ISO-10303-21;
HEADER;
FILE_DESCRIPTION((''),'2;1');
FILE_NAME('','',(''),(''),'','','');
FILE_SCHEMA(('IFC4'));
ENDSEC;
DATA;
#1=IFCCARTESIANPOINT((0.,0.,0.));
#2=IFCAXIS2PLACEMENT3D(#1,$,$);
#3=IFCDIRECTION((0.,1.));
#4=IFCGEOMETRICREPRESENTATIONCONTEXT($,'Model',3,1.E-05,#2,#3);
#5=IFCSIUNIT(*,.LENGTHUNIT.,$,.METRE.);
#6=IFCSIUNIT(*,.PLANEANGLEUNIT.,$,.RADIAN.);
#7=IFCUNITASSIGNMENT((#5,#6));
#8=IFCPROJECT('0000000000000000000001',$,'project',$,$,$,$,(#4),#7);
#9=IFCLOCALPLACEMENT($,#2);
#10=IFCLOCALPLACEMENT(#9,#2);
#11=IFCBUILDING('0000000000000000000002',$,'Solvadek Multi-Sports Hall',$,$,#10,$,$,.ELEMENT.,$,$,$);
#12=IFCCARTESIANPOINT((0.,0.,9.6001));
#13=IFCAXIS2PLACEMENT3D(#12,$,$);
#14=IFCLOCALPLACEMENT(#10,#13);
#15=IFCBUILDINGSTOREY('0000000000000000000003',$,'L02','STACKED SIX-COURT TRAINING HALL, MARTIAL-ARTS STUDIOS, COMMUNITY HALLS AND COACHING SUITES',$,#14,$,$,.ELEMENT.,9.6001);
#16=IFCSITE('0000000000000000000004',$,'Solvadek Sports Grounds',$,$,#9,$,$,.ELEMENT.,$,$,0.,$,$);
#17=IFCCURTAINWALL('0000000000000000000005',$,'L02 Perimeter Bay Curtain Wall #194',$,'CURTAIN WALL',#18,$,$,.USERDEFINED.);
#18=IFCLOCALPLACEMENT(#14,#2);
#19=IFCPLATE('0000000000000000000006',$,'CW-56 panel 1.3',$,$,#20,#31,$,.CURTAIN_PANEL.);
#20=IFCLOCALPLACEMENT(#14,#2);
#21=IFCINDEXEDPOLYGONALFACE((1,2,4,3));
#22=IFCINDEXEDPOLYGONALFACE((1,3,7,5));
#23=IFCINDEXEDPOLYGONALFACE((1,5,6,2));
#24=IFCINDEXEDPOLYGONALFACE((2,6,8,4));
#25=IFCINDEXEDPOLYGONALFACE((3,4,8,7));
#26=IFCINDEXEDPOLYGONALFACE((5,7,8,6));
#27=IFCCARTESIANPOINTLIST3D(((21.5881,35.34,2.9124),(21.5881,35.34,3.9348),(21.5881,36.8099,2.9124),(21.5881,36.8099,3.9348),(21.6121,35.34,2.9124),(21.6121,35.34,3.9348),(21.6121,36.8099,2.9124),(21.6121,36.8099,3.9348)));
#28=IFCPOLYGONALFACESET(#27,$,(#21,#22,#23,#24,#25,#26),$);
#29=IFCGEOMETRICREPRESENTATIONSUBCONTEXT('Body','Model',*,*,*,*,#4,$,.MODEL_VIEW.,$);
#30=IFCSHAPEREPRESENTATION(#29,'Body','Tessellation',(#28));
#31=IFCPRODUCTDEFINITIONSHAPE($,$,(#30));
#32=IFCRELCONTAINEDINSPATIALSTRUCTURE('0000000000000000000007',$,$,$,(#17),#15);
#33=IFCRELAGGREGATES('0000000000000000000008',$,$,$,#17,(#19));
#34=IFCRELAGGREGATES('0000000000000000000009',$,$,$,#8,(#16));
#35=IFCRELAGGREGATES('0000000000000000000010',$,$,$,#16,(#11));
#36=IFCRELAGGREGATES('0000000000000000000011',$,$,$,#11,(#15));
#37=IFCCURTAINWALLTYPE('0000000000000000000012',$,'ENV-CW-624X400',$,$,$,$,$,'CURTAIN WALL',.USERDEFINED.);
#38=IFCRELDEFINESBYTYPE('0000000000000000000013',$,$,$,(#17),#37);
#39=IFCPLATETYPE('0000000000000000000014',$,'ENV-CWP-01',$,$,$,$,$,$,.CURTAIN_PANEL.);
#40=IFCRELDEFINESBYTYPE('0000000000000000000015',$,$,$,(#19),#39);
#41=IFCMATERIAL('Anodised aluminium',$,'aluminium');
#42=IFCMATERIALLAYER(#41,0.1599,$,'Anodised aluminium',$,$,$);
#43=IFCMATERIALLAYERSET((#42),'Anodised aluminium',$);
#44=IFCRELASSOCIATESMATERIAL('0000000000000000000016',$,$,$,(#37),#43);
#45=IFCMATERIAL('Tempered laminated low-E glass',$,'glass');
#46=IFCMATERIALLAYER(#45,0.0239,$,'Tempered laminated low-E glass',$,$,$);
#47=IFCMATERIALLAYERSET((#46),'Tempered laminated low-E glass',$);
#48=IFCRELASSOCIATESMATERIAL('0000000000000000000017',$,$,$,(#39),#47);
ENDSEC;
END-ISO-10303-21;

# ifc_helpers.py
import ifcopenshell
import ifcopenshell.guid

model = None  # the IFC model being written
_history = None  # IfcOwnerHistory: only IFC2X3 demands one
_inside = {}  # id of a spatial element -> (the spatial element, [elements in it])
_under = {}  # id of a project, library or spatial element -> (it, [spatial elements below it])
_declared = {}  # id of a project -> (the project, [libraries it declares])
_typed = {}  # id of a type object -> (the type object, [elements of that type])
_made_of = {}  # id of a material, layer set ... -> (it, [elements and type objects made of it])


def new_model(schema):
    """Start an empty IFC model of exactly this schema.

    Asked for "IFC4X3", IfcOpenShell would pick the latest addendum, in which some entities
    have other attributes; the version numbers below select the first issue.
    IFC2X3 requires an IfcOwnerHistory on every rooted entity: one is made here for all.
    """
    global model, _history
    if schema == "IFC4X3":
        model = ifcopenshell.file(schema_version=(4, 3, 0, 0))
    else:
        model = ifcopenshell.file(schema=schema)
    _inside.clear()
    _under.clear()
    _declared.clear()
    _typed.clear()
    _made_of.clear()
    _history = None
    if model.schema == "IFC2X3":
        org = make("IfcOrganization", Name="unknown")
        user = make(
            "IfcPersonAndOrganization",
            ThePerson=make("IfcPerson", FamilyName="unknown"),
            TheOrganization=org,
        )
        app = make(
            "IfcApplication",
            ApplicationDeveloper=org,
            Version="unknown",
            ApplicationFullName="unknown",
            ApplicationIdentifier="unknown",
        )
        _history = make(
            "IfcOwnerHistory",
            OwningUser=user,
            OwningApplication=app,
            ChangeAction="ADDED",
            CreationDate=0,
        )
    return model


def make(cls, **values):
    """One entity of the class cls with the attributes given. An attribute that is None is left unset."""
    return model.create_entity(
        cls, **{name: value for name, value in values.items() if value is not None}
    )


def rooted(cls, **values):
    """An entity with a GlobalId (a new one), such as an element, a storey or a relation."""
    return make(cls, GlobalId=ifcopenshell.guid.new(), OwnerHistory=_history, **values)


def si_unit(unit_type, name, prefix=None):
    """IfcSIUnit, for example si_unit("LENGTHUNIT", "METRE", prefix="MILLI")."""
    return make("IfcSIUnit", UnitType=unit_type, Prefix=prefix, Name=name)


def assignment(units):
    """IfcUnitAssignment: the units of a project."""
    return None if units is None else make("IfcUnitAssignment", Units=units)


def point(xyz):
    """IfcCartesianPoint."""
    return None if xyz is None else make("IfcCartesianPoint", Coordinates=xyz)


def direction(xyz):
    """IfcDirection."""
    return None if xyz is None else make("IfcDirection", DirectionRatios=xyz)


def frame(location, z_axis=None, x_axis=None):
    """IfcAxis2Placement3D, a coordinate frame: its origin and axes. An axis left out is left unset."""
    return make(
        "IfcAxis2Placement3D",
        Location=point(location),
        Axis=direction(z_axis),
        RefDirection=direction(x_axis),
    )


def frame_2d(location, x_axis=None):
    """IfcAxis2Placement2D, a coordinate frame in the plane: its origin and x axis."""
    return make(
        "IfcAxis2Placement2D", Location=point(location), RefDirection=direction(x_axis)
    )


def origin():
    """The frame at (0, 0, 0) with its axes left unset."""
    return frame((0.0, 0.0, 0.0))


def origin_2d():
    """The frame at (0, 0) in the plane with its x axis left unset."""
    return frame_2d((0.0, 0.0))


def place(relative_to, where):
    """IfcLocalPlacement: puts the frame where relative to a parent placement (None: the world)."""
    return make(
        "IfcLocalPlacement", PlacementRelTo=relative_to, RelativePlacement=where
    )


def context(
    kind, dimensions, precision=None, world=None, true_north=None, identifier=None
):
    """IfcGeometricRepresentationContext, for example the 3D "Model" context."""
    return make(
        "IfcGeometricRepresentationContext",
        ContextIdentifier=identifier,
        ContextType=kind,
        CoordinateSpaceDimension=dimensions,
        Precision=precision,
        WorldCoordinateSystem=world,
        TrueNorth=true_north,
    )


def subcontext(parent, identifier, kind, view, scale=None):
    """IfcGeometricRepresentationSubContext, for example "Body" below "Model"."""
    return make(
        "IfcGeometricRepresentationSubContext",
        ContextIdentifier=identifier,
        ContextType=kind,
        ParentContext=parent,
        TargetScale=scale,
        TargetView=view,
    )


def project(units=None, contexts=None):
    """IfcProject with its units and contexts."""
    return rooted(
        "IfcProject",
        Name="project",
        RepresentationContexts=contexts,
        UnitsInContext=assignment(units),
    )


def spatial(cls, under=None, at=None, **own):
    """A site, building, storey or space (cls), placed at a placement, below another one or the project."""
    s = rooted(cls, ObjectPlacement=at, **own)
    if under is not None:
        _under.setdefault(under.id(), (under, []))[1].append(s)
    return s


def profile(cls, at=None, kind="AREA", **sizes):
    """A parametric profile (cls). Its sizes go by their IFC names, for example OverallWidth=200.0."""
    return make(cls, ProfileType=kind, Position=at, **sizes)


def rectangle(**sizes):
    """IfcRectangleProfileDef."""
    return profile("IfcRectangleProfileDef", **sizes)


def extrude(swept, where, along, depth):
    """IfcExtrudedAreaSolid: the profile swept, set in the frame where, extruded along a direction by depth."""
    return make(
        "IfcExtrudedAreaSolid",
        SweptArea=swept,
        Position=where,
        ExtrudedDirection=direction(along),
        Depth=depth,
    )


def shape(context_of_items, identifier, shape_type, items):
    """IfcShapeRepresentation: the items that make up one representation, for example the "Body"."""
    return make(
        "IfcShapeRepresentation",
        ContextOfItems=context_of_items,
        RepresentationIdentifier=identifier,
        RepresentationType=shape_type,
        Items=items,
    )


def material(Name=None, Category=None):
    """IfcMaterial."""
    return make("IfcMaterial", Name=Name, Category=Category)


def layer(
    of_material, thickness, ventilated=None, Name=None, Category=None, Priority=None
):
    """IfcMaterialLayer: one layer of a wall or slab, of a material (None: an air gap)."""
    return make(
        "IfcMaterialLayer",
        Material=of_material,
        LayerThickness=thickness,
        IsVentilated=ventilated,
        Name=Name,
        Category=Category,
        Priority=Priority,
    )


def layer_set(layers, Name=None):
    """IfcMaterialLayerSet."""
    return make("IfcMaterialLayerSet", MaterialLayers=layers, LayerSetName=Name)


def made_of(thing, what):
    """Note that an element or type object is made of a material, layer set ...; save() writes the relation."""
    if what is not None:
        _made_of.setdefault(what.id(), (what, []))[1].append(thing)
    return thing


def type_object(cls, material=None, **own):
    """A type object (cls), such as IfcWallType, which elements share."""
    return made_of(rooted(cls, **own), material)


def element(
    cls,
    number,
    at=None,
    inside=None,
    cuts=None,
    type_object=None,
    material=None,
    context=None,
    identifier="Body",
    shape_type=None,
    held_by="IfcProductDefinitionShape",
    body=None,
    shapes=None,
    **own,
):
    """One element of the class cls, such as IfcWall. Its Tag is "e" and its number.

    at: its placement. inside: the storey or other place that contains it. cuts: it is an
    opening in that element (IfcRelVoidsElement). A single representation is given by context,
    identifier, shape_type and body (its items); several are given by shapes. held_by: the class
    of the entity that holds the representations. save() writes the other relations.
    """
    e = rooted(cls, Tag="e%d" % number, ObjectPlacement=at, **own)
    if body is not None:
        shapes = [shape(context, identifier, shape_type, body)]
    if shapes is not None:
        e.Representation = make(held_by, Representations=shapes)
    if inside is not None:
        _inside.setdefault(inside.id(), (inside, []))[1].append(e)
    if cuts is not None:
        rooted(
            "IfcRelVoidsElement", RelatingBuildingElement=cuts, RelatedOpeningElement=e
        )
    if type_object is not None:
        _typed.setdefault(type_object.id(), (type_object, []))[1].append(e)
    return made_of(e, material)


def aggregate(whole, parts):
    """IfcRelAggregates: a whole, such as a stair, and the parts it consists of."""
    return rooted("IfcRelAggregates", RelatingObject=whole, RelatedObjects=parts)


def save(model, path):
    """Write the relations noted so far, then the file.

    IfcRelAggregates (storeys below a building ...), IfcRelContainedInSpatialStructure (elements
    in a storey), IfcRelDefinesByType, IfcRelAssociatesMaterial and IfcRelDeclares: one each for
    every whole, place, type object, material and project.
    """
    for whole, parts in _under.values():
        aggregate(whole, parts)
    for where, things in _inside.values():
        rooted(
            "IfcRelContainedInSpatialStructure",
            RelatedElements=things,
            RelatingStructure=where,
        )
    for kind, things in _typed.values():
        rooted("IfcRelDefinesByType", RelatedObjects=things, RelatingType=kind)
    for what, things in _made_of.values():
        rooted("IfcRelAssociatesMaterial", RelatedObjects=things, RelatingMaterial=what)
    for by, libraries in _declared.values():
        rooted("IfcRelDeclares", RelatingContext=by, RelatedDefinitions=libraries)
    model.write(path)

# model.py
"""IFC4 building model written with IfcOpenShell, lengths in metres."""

from ifc_helpers import new_model, si_unit, direction, frame, origin, origin_2d, place, context, subcontext, project, spatial, rectangle, extrude, material, layer, layer_set, type_object, element, aggregate, save


model = new_model("IFC4")

# Units and contexts
model_context = context("Model", 3, precision=1e-05, world=origin(), true_north=direction((0.0, 1.0)))
body_context = subcontext(model_context, "Body", "Model", "MODEL_VIEW")
ifc_project = project(units=[si_unit("LENGTHUNIT", "METRE"), si_unit("PLANEANGLEUNIT", "RADIAN")], contexts=[model_context])

# Site, building, storey
site_placement = place(None, origin())
site = spatial("IfcSite", under=ifc_project, at=site_placement, Name="Solvadek Sports Grounds", CompositionType="ELEMENT", RefElevation=0.0)
building_placement = place(site_placement, origin())
building = spatial("IfcBuilding", under=site, at=building_placement, Name="Solvadek Multi-Sports Hall", CompositionType="ELEMENT")
storey_placement = place(building_placement, frame((0.0, 0.0, 9.6001)))
storey = spatial("IfcBuildingStorey", under=building, at=storey_placement, Name="L02", Description="STACKED SIX-COURT TRAINING HALL, MARTIAL-ARTS STUDIOS, COMMUNITY HALLS AND COACHING SUITES", CompositionType="ELEMENT", Elevation=9.6001)

# Curtain wall
ifc_material_1 = material(Name="Anodised aluminium", Category="aluminium")
ifc_layer_1 = layer(ifc_material_1, 0.1599, Name="Anodised aluminium")
ifc_layer_set_1 = layer_set([ifc_layer_1], Name="Anodised aluminium")
curtain_wall_type = type_object("IfcCurtainWallType", Name="ENV-CW-624X400", ElementType="CURTAIN WALL", PredefinedType="USERDEFINED", material=ifc_layer_set_1)
curtain_wall_placement = place(storey_placement, origin())
curtain_wall = element("IfcCurtainWall", 1, at=curtain_wall_placement, inside=storey, type_object=curtain_wall_type, Name="L02 Perimeter Bay Curtain Wall #194", ObjectType="CURTAIN WALL", PredefinedType="USERDEFINED")

# Plate
ifc_material_2 = material(Name="Tempered laminated low-E glass", Category="glass")
ifc_layer_2 = layer(ifc_material_2, 0.0239, Name="Tempered laminated low-E glass")
ifc_layer_set_2 = layer_set([ifc_layer_2], Name="Tempered laminated low-E glass")
plate_type = type_object("IfcPlateType", Name="ENV-CWP-01", PredefinedType="CURTAIN_PANEL", material=ifc_layer_set_2)
plate_1_placement = place(storey_placement, frame((21.6001, 36.075, 2.9124), z_axis=(0.0, 0.0, 1.0), x_axis=(0.0, 1.0, 0.0)))
plate_1 = element("IfcPlate", 2, at=plate_1_placement, type_object=plate_type, Name="CW-56 panel 1.3", PredefinedType="CURTAIN_PANEL", context=body_context, shape_type="SweptSolid", body=[
    extrude(rectangle(XDim=1.47, YDim=0.0239, at=origin_2d()), origin(), (0.0, 0.0, 1.0), 1.0225),
])
aggregate(curtain_wall, [plate_1])

save(model, "model.ifc")
